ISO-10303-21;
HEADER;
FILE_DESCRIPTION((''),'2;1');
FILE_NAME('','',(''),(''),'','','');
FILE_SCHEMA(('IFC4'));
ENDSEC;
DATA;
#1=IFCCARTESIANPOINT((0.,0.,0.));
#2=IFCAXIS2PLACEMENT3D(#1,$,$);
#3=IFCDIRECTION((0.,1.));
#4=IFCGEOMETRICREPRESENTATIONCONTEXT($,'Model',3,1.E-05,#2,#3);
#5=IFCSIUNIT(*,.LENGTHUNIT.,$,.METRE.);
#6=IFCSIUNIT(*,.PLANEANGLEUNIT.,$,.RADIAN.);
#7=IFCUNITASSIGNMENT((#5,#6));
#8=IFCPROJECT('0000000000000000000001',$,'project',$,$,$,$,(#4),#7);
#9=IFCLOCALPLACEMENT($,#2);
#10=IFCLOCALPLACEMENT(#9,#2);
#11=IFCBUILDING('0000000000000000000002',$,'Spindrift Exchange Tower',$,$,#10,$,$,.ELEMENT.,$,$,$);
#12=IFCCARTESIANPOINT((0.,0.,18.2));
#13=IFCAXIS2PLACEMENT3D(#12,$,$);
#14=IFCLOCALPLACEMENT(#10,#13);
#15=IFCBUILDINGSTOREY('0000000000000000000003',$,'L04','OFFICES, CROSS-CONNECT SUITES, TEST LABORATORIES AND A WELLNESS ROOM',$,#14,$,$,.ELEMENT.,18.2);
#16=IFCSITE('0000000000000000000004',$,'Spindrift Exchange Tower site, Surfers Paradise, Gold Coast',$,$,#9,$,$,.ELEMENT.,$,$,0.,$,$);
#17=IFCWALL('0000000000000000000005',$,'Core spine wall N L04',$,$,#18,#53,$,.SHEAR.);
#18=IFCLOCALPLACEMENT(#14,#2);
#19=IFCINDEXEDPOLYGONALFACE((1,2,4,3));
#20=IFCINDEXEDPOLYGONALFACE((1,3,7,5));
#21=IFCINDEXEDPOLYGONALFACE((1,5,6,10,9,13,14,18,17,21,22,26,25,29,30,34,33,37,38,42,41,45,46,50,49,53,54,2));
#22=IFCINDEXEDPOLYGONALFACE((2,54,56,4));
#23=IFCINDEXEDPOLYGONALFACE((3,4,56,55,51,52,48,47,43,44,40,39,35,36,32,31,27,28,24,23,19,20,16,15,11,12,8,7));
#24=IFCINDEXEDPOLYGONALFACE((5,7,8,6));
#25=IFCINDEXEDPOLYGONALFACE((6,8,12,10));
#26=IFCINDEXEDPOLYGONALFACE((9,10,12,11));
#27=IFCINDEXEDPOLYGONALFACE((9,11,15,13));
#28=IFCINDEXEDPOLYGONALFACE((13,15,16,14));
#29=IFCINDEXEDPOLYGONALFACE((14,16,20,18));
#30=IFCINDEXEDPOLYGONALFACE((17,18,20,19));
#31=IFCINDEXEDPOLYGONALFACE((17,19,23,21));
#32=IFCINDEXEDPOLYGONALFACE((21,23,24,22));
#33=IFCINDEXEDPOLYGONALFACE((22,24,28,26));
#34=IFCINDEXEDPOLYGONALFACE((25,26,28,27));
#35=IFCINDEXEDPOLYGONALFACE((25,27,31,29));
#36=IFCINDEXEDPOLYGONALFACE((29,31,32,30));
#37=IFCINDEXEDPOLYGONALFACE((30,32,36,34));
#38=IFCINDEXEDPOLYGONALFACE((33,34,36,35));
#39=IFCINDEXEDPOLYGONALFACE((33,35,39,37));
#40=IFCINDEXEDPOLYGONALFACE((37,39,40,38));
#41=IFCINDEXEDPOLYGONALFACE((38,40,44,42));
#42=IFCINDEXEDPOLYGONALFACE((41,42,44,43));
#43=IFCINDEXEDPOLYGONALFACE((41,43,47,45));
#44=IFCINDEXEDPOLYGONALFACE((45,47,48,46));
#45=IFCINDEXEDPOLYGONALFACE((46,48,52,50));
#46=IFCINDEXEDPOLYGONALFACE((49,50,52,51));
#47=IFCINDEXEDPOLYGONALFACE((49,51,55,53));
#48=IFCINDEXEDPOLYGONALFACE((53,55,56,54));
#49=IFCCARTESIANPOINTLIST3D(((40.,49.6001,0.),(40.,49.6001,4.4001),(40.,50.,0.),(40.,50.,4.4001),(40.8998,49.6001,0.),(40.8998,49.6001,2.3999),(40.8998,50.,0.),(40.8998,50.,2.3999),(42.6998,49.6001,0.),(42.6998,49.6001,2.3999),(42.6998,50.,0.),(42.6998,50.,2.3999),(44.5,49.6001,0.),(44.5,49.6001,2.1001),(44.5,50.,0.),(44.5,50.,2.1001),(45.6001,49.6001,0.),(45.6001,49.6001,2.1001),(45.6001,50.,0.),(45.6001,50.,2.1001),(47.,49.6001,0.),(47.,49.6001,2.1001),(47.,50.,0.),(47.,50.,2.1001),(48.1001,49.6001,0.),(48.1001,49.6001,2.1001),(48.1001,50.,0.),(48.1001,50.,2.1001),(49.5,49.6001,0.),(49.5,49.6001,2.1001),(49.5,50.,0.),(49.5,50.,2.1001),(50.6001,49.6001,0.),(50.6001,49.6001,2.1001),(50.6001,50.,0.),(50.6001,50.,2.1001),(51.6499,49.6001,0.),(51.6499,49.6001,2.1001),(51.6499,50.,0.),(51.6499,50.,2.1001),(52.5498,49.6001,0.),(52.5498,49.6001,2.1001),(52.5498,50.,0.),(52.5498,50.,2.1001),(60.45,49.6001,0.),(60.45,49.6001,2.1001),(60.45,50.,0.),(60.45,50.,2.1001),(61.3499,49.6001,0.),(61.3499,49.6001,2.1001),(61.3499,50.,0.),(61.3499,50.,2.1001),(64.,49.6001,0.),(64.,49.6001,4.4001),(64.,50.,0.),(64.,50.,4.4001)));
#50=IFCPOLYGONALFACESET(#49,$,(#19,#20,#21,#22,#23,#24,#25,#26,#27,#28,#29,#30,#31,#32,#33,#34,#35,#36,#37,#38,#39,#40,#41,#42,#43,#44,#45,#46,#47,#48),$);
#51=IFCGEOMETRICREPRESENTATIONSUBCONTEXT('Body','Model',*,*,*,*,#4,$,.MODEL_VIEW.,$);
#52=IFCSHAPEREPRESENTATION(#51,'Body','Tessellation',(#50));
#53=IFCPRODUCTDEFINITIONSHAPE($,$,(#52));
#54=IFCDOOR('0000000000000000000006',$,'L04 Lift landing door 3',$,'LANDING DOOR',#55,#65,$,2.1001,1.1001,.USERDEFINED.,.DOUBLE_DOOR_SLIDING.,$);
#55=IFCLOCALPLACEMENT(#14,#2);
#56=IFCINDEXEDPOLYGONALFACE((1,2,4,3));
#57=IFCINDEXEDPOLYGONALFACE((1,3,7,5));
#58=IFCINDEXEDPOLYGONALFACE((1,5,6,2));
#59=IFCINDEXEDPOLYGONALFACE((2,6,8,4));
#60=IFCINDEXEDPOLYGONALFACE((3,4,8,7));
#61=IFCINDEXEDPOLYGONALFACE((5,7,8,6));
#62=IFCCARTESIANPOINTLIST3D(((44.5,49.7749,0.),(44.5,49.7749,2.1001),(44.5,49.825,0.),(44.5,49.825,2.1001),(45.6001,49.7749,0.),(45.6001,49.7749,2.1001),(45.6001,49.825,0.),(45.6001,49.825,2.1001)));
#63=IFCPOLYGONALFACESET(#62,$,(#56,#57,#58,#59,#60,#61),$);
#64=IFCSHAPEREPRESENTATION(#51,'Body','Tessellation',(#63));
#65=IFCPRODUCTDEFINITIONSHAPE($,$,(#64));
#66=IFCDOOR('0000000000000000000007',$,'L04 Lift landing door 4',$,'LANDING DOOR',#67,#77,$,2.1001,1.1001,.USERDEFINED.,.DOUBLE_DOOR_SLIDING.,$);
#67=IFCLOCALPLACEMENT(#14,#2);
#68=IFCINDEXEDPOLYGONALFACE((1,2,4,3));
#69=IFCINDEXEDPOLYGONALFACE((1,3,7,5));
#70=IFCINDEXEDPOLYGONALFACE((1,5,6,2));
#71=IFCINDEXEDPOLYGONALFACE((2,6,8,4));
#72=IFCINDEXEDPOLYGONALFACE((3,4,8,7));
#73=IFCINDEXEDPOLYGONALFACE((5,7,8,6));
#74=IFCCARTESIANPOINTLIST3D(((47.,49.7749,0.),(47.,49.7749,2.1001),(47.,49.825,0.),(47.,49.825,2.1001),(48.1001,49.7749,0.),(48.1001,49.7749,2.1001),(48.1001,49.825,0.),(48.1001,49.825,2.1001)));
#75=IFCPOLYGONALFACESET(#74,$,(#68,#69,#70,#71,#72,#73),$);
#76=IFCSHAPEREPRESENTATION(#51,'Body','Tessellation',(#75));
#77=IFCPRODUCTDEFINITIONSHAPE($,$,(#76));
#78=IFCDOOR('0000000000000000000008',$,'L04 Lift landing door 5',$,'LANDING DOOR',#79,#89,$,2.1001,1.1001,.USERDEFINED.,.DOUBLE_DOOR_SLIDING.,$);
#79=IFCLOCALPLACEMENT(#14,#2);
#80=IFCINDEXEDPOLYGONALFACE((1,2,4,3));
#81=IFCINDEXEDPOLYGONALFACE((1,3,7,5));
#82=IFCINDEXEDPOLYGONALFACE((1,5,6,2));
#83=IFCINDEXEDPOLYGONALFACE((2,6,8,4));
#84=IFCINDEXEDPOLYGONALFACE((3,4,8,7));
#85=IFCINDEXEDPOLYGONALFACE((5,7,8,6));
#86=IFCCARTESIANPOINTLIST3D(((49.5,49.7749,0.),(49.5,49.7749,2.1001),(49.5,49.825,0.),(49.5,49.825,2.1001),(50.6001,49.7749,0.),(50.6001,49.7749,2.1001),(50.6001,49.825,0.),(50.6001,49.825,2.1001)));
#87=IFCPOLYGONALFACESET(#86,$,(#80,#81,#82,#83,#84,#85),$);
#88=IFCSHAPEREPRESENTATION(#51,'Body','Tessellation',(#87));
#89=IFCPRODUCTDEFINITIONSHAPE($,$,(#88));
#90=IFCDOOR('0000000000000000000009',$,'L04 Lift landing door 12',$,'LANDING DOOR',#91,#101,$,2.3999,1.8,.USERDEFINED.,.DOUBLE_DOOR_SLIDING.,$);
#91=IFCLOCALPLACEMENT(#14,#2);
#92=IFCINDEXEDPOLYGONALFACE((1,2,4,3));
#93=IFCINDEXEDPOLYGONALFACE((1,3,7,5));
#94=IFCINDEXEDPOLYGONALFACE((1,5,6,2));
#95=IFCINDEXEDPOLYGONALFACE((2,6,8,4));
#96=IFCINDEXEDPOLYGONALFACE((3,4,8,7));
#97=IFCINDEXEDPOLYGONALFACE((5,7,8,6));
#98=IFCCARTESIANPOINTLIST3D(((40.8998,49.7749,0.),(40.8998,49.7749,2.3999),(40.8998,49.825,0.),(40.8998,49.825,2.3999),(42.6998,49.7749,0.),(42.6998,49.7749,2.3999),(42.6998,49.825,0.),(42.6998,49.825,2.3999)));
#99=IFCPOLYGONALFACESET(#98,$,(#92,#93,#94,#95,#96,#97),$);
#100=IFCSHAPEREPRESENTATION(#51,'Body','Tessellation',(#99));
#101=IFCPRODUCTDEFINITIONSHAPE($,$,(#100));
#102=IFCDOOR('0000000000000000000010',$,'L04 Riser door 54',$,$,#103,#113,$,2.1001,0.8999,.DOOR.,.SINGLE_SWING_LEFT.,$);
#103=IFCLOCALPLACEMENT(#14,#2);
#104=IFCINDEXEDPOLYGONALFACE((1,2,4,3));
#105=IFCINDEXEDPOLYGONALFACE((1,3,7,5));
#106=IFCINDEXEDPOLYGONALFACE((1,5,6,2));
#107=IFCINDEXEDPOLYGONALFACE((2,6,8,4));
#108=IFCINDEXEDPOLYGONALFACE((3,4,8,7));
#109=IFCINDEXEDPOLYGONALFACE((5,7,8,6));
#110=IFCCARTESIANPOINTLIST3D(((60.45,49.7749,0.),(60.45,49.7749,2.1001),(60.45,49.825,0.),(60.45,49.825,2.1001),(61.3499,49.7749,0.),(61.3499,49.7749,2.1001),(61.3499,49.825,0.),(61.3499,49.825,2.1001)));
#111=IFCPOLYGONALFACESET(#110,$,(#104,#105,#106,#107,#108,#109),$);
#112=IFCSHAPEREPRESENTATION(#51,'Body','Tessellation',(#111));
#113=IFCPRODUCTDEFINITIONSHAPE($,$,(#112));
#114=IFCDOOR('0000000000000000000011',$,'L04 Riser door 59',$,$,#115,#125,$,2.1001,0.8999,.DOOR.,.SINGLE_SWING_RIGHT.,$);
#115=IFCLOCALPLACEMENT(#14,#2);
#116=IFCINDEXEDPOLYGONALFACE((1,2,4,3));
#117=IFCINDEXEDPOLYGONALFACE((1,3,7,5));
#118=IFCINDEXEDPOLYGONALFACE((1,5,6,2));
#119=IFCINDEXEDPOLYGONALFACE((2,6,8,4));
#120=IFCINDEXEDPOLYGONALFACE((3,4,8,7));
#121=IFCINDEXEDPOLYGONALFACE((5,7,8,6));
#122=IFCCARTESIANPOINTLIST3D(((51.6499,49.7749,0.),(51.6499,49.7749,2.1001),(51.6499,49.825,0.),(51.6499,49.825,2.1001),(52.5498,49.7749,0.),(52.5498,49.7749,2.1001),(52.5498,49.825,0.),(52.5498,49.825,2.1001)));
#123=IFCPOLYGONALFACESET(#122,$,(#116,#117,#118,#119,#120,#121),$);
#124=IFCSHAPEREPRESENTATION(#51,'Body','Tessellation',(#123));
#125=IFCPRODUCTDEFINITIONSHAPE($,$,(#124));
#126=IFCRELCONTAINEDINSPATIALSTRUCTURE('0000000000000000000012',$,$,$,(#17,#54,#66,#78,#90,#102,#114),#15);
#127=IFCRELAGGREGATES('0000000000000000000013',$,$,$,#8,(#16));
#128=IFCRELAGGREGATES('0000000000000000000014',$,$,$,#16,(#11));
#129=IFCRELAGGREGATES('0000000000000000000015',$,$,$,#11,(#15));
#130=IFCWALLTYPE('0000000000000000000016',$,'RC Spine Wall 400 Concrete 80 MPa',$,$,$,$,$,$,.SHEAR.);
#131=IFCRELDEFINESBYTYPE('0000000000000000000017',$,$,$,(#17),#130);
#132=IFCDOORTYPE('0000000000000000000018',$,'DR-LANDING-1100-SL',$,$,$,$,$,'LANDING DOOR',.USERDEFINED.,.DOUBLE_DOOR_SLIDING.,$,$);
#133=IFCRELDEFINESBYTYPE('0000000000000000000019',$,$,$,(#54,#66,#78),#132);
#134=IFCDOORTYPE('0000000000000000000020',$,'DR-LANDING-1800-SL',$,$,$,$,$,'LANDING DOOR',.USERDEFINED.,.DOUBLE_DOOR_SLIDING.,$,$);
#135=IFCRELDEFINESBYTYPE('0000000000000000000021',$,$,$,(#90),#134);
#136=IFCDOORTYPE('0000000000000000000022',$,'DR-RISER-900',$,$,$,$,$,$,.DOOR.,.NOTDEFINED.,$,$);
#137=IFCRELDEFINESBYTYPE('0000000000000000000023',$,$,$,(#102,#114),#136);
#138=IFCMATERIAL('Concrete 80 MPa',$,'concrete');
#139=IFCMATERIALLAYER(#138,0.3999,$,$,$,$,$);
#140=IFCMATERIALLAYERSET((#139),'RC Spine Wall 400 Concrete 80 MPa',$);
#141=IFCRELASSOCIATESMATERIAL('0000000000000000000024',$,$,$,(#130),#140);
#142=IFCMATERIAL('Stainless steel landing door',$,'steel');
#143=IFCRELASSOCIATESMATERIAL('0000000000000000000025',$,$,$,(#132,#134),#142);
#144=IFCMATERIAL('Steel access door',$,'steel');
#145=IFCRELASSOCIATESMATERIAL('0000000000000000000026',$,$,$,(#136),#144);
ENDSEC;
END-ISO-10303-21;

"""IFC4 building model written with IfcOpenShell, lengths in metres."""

from ifc_helpers import new_model, si_unit, direction, frame, frame_2d, origin, place, context, subcontext, project, spatial, rectangle, extrude, source, transform, mapped, material, layer, layer_set, type_object, element, fill, save


model = new_model("IFC4")

# Units and contexts
model_context = context("Model", 3, precision=1e-05, world=origin(), true_north=direction((0.0, 1.0)))
body_context = subcontext(model_context, "Body", "Model", "MODEL_VIEW")
ifc_project = project(units=[si_unit("LENGTHUNIT", "METRE"), si_unit("PLANEANGLEUNIT", "RADIAN")], contexts=[model_context])

# Site, building, storey
site_placement = place(None, origin())
site = spatial("IfcSite", under=ifc_project, at=site_placement, Name="Spindrift Exchange Tower site, Surfers Paradise, Gold Coast", CompositionType="ELEMENT", RefElevation=0.0)
building_placement = place(site_placement, origin())
building = spatial("IfcBuilding", under=site, at=building_placement, Name="Spindrift Exchange Tower", CompositionType="ELEMENT")
storey_placement = place(building_placement, frame((0.0, 0.0, 18.2)))
storey = spatial("IfcBuildingStorey", under=building, at=storey_placement, Name="L04", Description="OFFICES, CROSS-CONNECT SUITES, TEST LABORATORIES AND A WELLNESS ROOM", CompositionType="ELEMENT", Elevation=18.2)

# Wall, openings, doors
ifc_material_1 = material(Name="Concrete 80 MPa", Category="concrete")
ifc_layer_1 = layer(ifc_material_1, 0.3999)
ifc_layer_set_1 = layer_set([ifc_layer_1], Name="RC Spine Wall 400 Concrete 80 MPa")
wall_type_1 = type_object("IfcWallType", Name="RC Spine Wall 400 Concrete 80 MPa", PredefinedType="SHEAR", material=ifc_layer_set_1)
wall_1_placement = place(storey_placement, frame((40.0, 49.8, 0.0), z_axis=(0.0, 0.0, 1.0), x_axis=(1.0, 0.0, 0.0)))
wall_1 = element("IfcWall", 1, at=wall_1_placement, inside=storey, type_object=wall_type_1, Name="Core spine wall N L04", PredefinedType="SHEAR", context=body_context, shape_type="SweptSolid", body=[
    extrude(rectangle(XDim=24.0, YDim=0.3999, at=frame_2d((12.0, 0.0))), origin(), (0.0, 0.0, 1.0), 4.4001),
])
opening_1_placement = place(wall_1_placement, frame((4.5, 0.0, 0.0)))
opening_1 = element("IfcOpeningElement", 2, at=opening_1_placement, cuts=wall_1, PredefinedType="OPENING", context=body_context, shape_type="SweptSolid", body=[
    extrude(rectangle(XDim=1.1001, YDim=2.1001, at=frame_2d((0.55, 1.05))), frame((0.0, 0.21, 0.0), z_axis=(0.0, -1.0, 0.0), x_axis=(1.0, 0.0, 0.0)), (0.0, 0.0, 1.0), 0.4199),
])
opening_2_placement = place(wall_1_placement, frame((7.0, 0.0, 0.0)))
opening_2 = element("IfcOpeningElement", 3, at=opening_2_placement, cuts=wall_1, PredefinedType="OPENING", context=body_context, shape_type="SweptSolid", body=[
    extrude(rectangle(XDim=1.1001, YDim=2.1001, at=frame_2d((0.55, 1.05))), frame((0.0, 0.21, 0.0), z_axis=(0.0, -1.0, 0.0), x_axis=(1.0, 0.0, 0.0)), (0.0, 0.0, 1.0), 0.4199),
])
opening_3_placement = place(wall_1_placement, frame((9.5, 0.0, 0.0)))
opening_3 = element("IfcOpeningElement", 4, at=opening_3_placement, cuts=wall_1, PredefinedType="OPENING", context=body_context, shape_type="SweptSolid", body=[
    extrude(rectangle(XDim=1.1001, YDim=2.1001, at=frame_2d((0.55, 1.05))), frame((0.0, 0.21, 0.0), z_axis=(0.0, -1.0, 0.0), x_axis=(1.0, 0.0, 0.0)), (0.0, 0.0, 1.0), 0.4199),
])
opening_4_placement = place(wall_1_placement, frame((0.8999, 0.0, 0.0)))
opening_4 = element("IfcOpeningElement", 5, at=opening_4_placement, cuts=wall_1, PredefinedType="OPENING", context=body_context, shape_type="SweptSolid", body=[
    extrude(rectangle(XDim=1.8, YDim=2.3999, at=frame_2d((0.8999, 1.2))), frame((0.0, 0.21, 0.0), z_axis=(0.0, -1.0, 0.0), x_axis=(1.0, 0.0, 0.0)), (0.0, 0.0, 1.0), 0.4199),
])
opening_5_placement = place(wall_1_placement, frame((20.45, 0.0, 0.0)))
opening_5 = element("IfcOpeningElement", 6, at=opening_5_placement, cuts=wall_1, PredefinedType="OPENING", context=body_context, shape_type="SweptSolid", body=[
    extrude(rectangle(XDim=0.8999, YDim=2.1001, at=frame_2d((0.45, 1.05))), frame((0.0, 0.21, 0.0), z_axis=(0.0, -1.0, 0.0), x_axis=(1.0, 0.0, 0.0)), (0.0, 0.0, 1.0), 0.4199),
])
opening_6_placement = place(wall_1_placement, frame((11.6499, 0.0, 0.0)))
opening_6 = element("IfcOpeningElement", 7, at=opening_6_placement, cuts=wall_1, PredefinedType="OPENING", context=body_context, shape_type="SweptSolid", body=[
    extrude(rectangle(XDim=0.8999, YDim=2.1001, at=frame_2d((0.45, 1.05))), frame((0.0, 0.21, 0.0), z_axis=(0.0, -1.0, 0.0), x_axis=(1.0, 0.0, 0.0)), (0.0, 0.0, 1.0), 0.4199),
])
ifc_material_2 = material(Name="Stainless steel landing door", Category="steel")
door_type_1 = type_object("IfcDoorType", Name="DR-LANDING-1100-SL", ElementType="LANDING DOOR", OperationType="DOUBLE_DOOR_SLIDING", PredefinedType="USERDEFINED", material=ifc_material_2)
shared_shape_1 = source(origin(), body_context, "Body", "SweptSolid", [
    extrude(rectangle(XDim=1.1001, YDim=2.1001, at=frame_2d((0.55, 1.05))), frame((0.0, 0.0249, 0.0), z_axis=(0.0, -1.0, 0.0), x_axis=(1.0, 0.0, 0.0)), (0.0, 0.0, 1.0), 0.05),
])
door_1_placement = place(opening_1_placement, origin())
door_1 = element("IfcDoor", 8, at=door_1_placement, inside=storey, type_object=door_type_1, Name="L04 Lift landing door 3", ObjectType="LANDING DOOR", OperationType="DOUBLE_DOOR_SLIDING", OverallHeight=2.1001, OverallWidth=1.1001, PredefinedType="USERDEFINED", context=body_context, shape_type="MappedRepresentation", body=[
    mapped(shared_shape_1, transform((0.0, 0.0, 0.0), scale=1.0)),
])
fill(opening_1, door_1)
door_2_placement = place(opening_2_placement, origin())
door_2 = element("IfcDoor", 9, at=door_2_placement, inside=storey, type_object=door_type_1, Name="L04 Lift landing door 4", ObjectType="LANDING DOOR", OperationType="DOUBLE_DOOR_SLIDING", OverallHeight=2.1001, OverallWidth=1.1001, PredefinedType="USERDEFINED", context=body_context, shape_type="MappedRepresentation", body=[
    mapped(shared_shape_1, transform((0.0, 0.0, 0.0), scale=1.0)),
])
fill(opening_2, door_2)
door_3_placement = place(opening_3_placement, origin())
door_3 = element("IfcDoor", 10, at=door_3_placement, inside=storey, type_object=door_type_1, Name="L04 Lift landing door 5", ObjectType="LANDING DOOR", OperationType="DOUBLE_DOOR_SLIDING", OverallHeight=2.1001, OverallWidth=1.1001, PredefinedType="USERDEFINED", context=body_context, shape_type="MappedRepresentation", body=[
    mapped(shared_shape_1, transform((0.0, 0.0, 0.0), scale=1.0)),
])
fill(opening_3, door_3)
door_type_2 = type_object("IfcDoorType", Name="DR-LANDING-1800-SL", ElementType="LANDING DOOR", OperationType="DOUBLE_DOOR_SLIDING", PredefinedType="USERDEFINED", material=ifc_material_2)
shared_shape_2 = source(origin(), body_context, "Body", "SweptSolid", [
    extrude(rectangle(XDim=1.8, YDim=2.3999, at=frame_2d((0.8999, 1.2))), frame((0.0, 0.0249, 0.0), z_axis=(0.0, -1.0, 0.0), x_axis=(1.0, 0.0, 0.0)), (0.0, 0.0, 1.0), 0.05),
])
door_4_placement = place(opening_4_placement, origin())
door_4 = element("IfcDoor", 11, at=door_4_placement, inside=storey, type_object=door_type_2, Name="L04 Lift landing door 12", ObjectType="LANDING DOOR", OperationType="DOUBLE_DOOR_SLIDING", OverallHeight=2.3999, OverallWidth=1.8, PredefinedType="USERDEFINED", context=body_context, shape_type="MappedRepresentation", body=[
    mapped(shared_shape_2, transform((0.0, 0.0, 0.0), scale=1.0)),
])
fill(opening_4, door_4)
ifc_material_3 = material(Name="Steel access door", Category="steel")
door_type_3 = type_object("IfcDoorType", Name="DR-RISER-900", OperationType="NOTDEFINED", PredefinedType="DOOR", material=ifc_material_3)
shared_shape_3 = source(origin(), body_context, "Body", "SweptSolid", [
    extrude(rectangle(XDim=0.8999, YDim=2.1001, at=frame_2d((0.45, 1.05))), frame((0.0, 0.0249, 0.0), z_axis=(0.0, -1.0, 0.0), x_axis=(1.0, 0.0, 0.0)), (0.0, 0.0, 1.0), 0.05),
])
door_5_placement = place(opening_5_placement, origin())
door_5 = element("IfcDoor", 12, at=door_5_placement, inside=storey, type_object=door_type_3, Name="L04 Riser door 54", OperationType="SINGLE_SWING_LEFT", OverallHeight=2.1001, OverallWidth=0.8999, PredefinedType="DOOR", context=body_context, shape_type="MappedRepresentation", body=[
    mapped(shared_shape_3, transform((0.0, 0.0, 0.0), scale=1.0)),
])
fill(opening_5, door_5)
door_6_placement = place(opening_6_placement, origin())
door_6 = element("IfcDoor", 13, at=door_6_placement, inside=storey, type_object=door_type_3, Name="L04 Riser door 59", OperationType="SINGLE_SWING_RIGHT", OverallHeight=2.1001, OverallWidth=0.8999, PredefinedType="DOOR", context=body_context, shape_type="MappedRepresentation", body=[
    mapped(shared_shape_3, transform((0.0, 0.0, 0.0), scale=1.0)),
])
fill(opening_6, door_6)

save(model, "model.ifc")
